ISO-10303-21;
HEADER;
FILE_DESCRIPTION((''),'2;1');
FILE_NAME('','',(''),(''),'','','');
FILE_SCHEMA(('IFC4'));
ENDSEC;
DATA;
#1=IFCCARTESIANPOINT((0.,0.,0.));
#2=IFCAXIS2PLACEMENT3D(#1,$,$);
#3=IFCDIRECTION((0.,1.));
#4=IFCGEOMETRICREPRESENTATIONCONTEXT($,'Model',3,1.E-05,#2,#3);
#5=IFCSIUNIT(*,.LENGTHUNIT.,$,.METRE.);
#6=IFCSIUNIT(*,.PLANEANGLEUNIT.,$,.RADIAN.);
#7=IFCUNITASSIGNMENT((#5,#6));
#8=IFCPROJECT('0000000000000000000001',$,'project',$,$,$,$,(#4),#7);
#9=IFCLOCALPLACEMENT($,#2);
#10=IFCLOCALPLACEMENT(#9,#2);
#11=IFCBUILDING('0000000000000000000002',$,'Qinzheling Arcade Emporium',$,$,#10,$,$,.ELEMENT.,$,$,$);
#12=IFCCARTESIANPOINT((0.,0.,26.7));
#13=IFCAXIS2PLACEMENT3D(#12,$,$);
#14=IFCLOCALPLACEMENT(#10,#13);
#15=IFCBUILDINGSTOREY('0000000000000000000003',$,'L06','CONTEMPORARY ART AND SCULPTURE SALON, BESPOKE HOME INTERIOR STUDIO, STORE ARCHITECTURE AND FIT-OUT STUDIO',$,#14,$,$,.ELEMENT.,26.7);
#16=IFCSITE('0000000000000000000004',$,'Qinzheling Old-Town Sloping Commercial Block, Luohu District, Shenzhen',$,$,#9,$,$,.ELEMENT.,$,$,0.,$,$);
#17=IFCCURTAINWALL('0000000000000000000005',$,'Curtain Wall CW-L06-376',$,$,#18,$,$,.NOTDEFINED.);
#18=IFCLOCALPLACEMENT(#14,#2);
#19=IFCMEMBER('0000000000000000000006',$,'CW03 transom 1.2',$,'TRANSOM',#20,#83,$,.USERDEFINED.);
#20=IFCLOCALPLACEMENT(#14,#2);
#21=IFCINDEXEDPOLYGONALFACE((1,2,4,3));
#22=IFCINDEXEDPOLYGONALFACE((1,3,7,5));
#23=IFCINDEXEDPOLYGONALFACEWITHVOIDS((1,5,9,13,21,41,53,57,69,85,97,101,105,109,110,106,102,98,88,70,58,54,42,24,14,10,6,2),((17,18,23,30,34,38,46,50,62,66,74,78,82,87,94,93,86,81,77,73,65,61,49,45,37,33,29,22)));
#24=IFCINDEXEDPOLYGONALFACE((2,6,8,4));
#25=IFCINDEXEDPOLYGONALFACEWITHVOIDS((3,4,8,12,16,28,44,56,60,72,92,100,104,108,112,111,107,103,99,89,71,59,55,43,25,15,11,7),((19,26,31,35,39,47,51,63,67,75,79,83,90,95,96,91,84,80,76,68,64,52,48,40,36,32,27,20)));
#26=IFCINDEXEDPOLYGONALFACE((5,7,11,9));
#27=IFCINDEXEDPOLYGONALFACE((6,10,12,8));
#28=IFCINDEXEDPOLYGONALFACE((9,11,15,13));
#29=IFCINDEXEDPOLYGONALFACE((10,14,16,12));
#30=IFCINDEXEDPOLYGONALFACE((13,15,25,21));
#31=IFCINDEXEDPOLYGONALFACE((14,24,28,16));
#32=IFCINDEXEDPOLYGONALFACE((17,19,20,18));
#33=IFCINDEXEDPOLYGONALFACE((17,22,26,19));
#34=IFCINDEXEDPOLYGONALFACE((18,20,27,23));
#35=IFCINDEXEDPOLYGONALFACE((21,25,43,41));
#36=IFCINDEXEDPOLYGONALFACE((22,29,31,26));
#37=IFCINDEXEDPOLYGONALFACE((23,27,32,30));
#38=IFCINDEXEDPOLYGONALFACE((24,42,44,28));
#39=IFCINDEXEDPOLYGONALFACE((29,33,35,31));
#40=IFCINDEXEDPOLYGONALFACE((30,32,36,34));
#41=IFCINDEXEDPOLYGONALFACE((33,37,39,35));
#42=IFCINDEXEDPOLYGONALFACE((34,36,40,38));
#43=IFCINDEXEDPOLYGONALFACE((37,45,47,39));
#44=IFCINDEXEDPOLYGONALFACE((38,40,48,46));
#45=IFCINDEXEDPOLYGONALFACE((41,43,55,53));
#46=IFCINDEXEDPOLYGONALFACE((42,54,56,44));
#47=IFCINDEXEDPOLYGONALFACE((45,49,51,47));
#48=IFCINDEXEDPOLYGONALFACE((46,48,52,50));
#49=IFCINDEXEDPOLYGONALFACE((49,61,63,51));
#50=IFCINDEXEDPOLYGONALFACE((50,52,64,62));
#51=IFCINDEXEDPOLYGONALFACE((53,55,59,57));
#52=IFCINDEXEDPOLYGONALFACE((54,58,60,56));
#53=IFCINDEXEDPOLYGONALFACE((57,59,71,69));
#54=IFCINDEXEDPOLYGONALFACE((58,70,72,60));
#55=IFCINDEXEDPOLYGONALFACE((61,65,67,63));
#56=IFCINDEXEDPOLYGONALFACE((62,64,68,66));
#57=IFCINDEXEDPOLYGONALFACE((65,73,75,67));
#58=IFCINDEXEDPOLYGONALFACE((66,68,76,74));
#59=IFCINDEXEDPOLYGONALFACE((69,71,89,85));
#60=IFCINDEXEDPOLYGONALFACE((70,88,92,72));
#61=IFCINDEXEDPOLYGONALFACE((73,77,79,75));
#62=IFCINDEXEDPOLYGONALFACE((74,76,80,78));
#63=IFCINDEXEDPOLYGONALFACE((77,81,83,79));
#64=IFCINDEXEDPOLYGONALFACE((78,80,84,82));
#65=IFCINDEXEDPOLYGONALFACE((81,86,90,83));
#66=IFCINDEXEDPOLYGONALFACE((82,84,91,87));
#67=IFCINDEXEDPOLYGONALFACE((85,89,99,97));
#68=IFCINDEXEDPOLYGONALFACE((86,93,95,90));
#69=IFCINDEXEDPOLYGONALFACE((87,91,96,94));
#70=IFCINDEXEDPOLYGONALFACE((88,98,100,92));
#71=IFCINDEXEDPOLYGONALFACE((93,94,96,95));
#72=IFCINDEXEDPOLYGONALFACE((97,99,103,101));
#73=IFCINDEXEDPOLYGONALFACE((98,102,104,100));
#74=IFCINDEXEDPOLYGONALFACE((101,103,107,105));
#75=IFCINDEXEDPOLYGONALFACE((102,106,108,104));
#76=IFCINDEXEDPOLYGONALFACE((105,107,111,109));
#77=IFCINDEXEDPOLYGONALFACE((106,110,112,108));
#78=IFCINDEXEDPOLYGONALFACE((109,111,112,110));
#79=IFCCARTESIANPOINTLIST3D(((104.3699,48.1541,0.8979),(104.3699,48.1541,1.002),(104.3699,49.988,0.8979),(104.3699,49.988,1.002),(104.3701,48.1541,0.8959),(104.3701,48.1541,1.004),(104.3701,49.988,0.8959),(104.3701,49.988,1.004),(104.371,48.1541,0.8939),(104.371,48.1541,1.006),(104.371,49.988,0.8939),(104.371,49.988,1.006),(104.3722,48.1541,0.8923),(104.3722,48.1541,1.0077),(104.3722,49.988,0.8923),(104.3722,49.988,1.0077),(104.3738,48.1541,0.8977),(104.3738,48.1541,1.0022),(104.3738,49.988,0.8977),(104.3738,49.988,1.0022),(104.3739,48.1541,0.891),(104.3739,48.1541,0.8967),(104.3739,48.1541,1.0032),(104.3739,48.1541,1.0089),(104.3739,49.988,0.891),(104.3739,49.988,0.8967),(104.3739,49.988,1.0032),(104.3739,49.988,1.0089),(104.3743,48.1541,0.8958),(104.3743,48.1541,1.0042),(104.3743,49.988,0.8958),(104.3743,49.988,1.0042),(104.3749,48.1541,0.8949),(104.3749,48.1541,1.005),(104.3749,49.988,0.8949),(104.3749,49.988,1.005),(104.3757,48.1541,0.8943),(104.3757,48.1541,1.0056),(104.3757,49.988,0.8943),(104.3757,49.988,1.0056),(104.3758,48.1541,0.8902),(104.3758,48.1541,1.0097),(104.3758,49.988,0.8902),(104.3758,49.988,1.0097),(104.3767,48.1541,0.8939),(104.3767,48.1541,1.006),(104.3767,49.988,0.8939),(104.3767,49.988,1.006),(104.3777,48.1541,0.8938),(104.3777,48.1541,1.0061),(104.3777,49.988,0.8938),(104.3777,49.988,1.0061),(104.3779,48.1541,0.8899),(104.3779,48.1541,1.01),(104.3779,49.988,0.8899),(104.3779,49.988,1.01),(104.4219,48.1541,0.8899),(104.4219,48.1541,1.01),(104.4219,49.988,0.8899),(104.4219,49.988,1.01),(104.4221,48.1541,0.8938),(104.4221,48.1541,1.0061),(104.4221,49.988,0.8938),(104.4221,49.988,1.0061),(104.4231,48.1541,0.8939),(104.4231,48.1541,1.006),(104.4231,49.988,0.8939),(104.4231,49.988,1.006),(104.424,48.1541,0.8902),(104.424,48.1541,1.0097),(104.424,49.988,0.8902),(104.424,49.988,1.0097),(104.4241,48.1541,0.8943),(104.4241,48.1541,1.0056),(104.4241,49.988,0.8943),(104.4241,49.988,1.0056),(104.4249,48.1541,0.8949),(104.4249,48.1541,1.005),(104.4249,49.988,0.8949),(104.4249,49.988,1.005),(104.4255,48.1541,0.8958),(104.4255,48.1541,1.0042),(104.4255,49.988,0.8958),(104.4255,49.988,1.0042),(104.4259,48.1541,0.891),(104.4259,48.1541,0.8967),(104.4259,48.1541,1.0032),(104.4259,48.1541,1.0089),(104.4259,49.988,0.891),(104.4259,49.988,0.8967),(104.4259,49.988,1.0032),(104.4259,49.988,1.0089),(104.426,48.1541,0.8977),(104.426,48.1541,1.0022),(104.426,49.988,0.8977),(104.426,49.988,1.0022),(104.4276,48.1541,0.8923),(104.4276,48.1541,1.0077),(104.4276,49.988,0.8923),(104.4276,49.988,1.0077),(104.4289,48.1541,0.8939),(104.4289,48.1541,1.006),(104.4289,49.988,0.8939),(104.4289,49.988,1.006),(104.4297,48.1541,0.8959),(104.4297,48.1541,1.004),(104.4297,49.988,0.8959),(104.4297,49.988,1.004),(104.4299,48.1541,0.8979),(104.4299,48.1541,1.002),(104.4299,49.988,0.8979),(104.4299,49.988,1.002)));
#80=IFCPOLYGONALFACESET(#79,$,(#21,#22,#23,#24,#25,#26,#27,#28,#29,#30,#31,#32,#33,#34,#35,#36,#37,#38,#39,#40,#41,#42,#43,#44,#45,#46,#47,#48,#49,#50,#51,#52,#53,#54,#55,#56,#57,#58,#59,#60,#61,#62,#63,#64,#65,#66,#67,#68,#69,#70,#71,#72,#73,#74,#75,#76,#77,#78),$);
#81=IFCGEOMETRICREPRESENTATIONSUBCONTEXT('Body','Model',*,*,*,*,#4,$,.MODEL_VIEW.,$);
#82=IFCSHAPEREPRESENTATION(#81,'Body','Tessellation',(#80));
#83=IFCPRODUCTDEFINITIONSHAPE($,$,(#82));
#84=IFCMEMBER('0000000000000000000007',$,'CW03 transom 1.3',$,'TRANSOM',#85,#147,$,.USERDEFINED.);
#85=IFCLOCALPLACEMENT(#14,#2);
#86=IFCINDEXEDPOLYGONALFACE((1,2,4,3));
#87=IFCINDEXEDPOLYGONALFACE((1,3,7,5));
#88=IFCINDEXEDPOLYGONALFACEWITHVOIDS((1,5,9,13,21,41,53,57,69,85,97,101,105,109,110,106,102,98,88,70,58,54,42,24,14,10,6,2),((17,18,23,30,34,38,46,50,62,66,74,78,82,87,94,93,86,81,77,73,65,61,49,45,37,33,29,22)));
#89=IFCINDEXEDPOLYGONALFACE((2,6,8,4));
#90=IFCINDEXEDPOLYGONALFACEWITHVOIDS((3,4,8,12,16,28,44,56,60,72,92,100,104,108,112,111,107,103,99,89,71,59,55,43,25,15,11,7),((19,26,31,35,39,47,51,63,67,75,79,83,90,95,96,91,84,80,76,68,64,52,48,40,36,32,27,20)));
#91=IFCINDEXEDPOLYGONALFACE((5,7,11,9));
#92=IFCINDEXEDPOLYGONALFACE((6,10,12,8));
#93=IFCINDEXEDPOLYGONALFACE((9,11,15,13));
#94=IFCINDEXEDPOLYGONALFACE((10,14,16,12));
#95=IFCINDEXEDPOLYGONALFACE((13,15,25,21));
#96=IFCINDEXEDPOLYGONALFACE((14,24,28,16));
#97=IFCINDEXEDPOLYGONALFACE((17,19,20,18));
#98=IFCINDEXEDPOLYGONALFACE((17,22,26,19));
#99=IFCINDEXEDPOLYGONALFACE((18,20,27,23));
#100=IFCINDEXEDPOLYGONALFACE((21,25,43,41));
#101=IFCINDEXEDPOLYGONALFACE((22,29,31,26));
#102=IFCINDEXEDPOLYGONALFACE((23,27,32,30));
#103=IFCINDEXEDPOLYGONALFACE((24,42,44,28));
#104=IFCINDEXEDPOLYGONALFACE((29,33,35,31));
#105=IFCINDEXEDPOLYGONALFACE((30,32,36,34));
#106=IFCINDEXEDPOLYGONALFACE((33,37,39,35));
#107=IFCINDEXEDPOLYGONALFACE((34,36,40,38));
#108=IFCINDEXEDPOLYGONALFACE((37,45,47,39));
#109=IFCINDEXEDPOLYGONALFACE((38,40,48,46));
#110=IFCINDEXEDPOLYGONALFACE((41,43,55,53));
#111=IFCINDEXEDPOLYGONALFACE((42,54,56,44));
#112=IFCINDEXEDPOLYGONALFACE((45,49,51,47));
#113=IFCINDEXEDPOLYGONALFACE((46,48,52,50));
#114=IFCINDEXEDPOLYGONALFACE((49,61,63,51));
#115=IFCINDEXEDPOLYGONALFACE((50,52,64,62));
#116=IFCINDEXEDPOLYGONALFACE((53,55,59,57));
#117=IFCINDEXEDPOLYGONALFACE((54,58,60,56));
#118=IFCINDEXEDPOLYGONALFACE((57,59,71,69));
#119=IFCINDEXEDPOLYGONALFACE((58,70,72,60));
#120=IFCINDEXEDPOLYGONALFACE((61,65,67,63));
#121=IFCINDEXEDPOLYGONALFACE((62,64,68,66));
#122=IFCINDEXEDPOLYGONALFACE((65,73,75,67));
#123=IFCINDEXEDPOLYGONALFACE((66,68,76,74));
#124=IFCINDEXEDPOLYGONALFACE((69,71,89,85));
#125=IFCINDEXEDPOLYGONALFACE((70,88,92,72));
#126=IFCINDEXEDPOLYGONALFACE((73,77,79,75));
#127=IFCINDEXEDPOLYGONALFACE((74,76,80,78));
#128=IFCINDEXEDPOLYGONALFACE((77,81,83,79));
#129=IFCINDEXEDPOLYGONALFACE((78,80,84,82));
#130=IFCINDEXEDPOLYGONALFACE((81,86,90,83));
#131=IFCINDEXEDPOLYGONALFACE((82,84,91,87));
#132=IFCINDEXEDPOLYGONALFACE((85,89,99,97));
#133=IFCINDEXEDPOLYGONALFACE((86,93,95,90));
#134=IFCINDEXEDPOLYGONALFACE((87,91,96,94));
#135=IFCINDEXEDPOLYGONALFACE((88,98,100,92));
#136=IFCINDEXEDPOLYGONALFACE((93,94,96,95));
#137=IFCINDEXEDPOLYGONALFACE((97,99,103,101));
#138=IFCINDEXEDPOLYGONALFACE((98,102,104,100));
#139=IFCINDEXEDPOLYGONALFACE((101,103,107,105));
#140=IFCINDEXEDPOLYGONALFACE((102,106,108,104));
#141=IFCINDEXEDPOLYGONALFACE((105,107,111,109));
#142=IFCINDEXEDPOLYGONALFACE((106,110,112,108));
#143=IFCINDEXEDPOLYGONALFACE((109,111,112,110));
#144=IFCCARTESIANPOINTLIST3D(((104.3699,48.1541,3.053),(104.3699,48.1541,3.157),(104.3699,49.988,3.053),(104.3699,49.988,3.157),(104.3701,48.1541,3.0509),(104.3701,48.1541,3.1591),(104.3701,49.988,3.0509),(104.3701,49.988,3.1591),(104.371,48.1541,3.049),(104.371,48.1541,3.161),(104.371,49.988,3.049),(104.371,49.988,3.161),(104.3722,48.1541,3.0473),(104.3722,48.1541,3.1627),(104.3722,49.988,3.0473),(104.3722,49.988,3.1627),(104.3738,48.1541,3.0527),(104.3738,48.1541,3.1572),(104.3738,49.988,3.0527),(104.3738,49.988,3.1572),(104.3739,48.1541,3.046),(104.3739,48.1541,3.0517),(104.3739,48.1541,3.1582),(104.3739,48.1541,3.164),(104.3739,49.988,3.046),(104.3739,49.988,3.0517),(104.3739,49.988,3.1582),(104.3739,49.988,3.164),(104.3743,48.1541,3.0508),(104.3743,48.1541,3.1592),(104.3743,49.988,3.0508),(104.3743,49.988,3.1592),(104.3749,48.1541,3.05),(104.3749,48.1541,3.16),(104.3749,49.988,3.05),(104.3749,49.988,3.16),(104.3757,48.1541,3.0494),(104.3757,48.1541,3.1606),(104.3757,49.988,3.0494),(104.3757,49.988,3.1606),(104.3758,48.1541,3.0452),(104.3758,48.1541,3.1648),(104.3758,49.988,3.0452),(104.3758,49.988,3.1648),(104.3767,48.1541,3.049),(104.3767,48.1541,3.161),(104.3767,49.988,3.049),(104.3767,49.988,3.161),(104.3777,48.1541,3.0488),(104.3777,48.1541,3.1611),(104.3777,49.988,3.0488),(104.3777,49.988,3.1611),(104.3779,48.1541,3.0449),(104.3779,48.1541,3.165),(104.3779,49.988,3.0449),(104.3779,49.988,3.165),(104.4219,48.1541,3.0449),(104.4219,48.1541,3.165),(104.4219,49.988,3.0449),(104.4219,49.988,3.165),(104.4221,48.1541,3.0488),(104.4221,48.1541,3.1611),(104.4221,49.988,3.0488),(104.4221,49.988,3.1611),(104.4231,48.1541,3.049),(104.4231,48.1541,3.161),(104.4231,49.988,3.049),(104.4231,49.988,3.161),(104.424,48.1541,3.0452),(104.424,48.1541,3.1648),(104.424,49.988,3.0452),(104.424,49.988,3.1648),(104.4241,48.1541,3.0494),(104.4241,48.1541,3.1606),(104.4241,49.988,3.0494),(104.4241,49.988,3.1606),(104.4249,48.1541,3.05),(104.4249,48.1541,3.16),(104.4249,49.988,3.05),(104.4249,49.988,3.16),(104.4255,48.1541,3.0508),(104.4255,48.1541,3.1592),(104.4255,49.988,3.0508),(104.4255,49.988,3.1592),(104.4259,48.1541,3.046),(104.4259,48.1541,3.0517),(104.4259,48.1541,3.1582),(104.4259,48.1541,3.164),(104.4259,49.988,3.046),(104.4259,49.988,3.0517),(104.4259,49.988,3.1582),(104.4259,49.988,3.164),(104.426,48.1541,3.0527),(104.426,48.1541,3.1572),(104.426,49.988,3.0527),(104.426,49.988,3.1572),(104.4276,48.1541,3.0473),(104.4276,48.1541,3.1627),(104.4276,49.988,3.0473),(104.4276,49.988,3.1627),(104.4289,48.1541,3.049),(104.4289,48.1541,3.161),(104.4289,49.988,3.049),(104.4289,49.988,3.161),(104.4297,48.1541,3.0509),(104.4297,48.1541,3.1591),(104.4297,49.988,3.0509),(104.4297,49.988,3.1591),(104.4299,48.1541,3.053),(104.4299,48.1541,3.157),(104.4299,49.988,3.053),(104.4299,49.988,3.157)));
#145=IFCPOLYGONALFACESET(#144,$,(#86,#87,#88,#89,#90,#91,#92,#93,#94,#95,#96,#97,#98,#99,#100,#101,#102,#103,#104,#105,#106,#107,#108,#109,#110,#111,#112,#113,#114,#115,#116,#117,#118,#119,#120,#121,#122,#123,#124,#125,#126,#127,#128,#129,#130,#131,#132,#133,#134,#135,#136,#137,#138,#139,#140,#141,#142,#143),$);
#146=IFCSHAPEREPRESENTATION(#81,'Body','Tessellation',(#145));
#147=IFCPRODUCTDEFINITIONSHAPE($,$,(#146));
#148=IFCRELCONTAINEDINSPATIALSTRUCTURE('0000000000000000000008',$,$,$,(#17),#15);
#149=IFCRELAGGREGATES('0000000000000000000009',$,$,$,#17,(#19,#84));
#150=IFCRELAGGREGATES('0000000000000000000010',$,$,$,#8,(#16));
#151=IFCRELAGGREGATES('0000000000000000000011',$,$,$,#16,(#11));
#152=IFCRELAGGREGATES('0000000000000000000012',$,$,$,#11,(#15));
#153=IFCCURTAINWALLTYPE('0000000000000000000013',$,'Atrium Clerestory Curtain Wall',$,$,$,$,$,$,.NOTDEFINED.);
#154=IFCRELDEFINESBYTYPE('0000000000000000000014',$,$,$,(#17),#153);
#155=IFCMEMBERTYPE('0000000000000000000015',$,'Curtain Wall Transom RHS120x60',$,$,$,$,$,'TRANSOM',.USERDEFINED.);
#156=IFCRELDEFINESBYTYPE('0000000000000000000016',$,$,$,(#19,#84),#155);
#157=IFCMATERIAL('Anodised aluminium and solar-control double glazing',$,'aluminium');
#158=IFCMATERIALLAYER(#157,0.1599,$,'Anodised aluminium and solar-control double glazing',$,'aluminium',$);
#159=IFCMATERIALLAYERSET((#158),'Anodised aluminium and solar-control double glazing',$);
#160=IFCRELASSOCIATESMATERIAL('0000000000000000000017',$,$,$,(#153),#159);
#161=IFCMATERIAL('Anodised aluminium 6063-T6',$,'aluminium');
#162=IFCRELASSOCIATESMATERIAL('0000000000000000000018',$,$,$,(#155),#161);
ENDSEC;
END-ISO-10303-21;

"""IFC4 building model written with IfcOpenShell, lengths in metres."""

from ifc_helpers import new_model, si_unit, direction, frame, origin, origin_2d, place, context, subcontext, project, spatial, hollow_rectangle, extrude, material, layer, layer_set, material_profile, profile_set, type_object, element, aggregate, save


model = new_model("IFC4")

# Units and contexts
model_context = context("Model", 3, precision=1e-05, world=origin(), true_north=direction((0.0, 1.0)))
body_context = subcontext(model_context, "Body", "Model", "MODEL_VIEW")
ifc_project = project(units=[si_unit("LENGTHUNIT", "METRE"), si_unit("PLANEANGLEUNIT", "RADIAN")], contexts=[model_context])

# Site, building, storey
site_placement = place(None, origin())
site = spatial("IfcSite", under=ifc_project, at=site_placement, Name="Qinzheling Old-Town Sloping Commercial Block, Luohu District, Shenzhen", CompositionType="ELEMENT", RefElevation=0.0)
building_placement = place(site_placement, origin())
building = spatial("IfcBuilding", under=site, at=building_placement, Name="Qinzheling Arcade Emporium", CompositionType="ELEMENT")
storey_placement = place(building_placement, frame((0.0, 0.0, 26.7)))
storey = spatial("IfcBuildingStorey", under=building, at=storey_placement, Name="L06", Description="CONTEMPORARY ART AND SCULPTURE SALON, BESPOKE HOME INTERIOR STUDIO, STORE ARCHITECTURE AND FIT-OUT STUDIO", CompositionType="ELEMENT", Elevation=26.7)

# Curtain wall, members
ifc_material_1 = material(Name="Anodised aluminium and solar-control double glazing", Category="aluminium")
ifc_layer_1 = layer(ifc_material_1, 0.1599, Name="Anodised aluminium and solar-control double glazing", Category="aluminium")
ifc_layer_set_1 = layer_set([ifc_layer_1], Name="Anodised aluminium and solar-control double glazing")
curtain_wall_type = type_object("IfcCurtainWallType", Name="Atrium Clerestory Curtain Wall", PredefinedType="NOTDEFINED", material=ifc_layer_set_1)
curtain_wall_placement = place(storey_placement, origin())
curtain_wall = element("IfcCurtainWall", 1, at=curtain_wall_placement, inside=storey, type_object=curtain_wall_type, Name="Curtain Wall CW-L06-376", PredefinedType="NOTDEFINED")
ifc_material_2 = material(Name="Anodised aluminium 6063-T6", Category="aluminium")
ifc_material_profile_1 = material_profile(ifc_material_2, hollow_rectangle(XDim=0.0601, YDim=0.1201, WallThickness=0.0039, InnerFilletRadius=0.0039, OuterFilletRadius=0.0081, at=origin_2d()), Name="RHS 120x60x4", Category="aluminium")
ifc_profile_set_1 = profile_set([ifc_material_profile_1], Name="Anodised aluminium 6063-T6")
member_type_1 = type_object("IfcMemberType", Name="Curtain Wall Transom RHS120x60", ElementType="TRANSOM", PredefinedType="USERDEFINED", material=ifc_profile_set_1)
member_1_placement = place(storey_placement, frame((104.3999, 49.988, 0.95), z_axis=(0.0, -1.0, 0.0), x_axis=(1.0, 0.0, 0.0)))
member_1 = element("IfcMember", 2, at=member_1_placement, type_object=member_type_1, Name="CW03 transom 1.2", ObjectType="TRANSOM", PredefinedType="USERDEFINED", context=body_context, shape_type="SweptSolid", body=[
    extrude(hollow_rectangle(XDim=0.0601, YDim=0.1201, WallThickness=0.0039, InnerFilletRadius=0.0039, OuterFilletRadius=0.0081, at=origin_2d()), origin(), (0.0, 0.0, 1.0), 1.834),
])
member_2_placement = place(storey_placement, frame((104.3999, 49.988, 3.105), z_axis=(0.0, -1.0, 0.0), x_axis=(1.0, 0.0, 0.0)))
member_2 = element("IfcMember", 3, at=member_2_placement, type_object=member_type_1, Name="CW03 transom 1.3", ObjectType="TRANSOM", PredefinedType="USERDEFINED", context=body_context, shape_type="SweptSolid", body=[
    extrude(hollow_rectangle(XDim=0.0601, YDim=0.1201, WallThickness=0.0039, InnerFilletRadius=0.0039, OuterFilletRadius=0.0081, at=origin_2d()), origin(), (0.0, 0.0, 1.0), 1.834),
])

aggregate(curtain_wall, [member_1, member_2])

save(model, "model.ifc")
